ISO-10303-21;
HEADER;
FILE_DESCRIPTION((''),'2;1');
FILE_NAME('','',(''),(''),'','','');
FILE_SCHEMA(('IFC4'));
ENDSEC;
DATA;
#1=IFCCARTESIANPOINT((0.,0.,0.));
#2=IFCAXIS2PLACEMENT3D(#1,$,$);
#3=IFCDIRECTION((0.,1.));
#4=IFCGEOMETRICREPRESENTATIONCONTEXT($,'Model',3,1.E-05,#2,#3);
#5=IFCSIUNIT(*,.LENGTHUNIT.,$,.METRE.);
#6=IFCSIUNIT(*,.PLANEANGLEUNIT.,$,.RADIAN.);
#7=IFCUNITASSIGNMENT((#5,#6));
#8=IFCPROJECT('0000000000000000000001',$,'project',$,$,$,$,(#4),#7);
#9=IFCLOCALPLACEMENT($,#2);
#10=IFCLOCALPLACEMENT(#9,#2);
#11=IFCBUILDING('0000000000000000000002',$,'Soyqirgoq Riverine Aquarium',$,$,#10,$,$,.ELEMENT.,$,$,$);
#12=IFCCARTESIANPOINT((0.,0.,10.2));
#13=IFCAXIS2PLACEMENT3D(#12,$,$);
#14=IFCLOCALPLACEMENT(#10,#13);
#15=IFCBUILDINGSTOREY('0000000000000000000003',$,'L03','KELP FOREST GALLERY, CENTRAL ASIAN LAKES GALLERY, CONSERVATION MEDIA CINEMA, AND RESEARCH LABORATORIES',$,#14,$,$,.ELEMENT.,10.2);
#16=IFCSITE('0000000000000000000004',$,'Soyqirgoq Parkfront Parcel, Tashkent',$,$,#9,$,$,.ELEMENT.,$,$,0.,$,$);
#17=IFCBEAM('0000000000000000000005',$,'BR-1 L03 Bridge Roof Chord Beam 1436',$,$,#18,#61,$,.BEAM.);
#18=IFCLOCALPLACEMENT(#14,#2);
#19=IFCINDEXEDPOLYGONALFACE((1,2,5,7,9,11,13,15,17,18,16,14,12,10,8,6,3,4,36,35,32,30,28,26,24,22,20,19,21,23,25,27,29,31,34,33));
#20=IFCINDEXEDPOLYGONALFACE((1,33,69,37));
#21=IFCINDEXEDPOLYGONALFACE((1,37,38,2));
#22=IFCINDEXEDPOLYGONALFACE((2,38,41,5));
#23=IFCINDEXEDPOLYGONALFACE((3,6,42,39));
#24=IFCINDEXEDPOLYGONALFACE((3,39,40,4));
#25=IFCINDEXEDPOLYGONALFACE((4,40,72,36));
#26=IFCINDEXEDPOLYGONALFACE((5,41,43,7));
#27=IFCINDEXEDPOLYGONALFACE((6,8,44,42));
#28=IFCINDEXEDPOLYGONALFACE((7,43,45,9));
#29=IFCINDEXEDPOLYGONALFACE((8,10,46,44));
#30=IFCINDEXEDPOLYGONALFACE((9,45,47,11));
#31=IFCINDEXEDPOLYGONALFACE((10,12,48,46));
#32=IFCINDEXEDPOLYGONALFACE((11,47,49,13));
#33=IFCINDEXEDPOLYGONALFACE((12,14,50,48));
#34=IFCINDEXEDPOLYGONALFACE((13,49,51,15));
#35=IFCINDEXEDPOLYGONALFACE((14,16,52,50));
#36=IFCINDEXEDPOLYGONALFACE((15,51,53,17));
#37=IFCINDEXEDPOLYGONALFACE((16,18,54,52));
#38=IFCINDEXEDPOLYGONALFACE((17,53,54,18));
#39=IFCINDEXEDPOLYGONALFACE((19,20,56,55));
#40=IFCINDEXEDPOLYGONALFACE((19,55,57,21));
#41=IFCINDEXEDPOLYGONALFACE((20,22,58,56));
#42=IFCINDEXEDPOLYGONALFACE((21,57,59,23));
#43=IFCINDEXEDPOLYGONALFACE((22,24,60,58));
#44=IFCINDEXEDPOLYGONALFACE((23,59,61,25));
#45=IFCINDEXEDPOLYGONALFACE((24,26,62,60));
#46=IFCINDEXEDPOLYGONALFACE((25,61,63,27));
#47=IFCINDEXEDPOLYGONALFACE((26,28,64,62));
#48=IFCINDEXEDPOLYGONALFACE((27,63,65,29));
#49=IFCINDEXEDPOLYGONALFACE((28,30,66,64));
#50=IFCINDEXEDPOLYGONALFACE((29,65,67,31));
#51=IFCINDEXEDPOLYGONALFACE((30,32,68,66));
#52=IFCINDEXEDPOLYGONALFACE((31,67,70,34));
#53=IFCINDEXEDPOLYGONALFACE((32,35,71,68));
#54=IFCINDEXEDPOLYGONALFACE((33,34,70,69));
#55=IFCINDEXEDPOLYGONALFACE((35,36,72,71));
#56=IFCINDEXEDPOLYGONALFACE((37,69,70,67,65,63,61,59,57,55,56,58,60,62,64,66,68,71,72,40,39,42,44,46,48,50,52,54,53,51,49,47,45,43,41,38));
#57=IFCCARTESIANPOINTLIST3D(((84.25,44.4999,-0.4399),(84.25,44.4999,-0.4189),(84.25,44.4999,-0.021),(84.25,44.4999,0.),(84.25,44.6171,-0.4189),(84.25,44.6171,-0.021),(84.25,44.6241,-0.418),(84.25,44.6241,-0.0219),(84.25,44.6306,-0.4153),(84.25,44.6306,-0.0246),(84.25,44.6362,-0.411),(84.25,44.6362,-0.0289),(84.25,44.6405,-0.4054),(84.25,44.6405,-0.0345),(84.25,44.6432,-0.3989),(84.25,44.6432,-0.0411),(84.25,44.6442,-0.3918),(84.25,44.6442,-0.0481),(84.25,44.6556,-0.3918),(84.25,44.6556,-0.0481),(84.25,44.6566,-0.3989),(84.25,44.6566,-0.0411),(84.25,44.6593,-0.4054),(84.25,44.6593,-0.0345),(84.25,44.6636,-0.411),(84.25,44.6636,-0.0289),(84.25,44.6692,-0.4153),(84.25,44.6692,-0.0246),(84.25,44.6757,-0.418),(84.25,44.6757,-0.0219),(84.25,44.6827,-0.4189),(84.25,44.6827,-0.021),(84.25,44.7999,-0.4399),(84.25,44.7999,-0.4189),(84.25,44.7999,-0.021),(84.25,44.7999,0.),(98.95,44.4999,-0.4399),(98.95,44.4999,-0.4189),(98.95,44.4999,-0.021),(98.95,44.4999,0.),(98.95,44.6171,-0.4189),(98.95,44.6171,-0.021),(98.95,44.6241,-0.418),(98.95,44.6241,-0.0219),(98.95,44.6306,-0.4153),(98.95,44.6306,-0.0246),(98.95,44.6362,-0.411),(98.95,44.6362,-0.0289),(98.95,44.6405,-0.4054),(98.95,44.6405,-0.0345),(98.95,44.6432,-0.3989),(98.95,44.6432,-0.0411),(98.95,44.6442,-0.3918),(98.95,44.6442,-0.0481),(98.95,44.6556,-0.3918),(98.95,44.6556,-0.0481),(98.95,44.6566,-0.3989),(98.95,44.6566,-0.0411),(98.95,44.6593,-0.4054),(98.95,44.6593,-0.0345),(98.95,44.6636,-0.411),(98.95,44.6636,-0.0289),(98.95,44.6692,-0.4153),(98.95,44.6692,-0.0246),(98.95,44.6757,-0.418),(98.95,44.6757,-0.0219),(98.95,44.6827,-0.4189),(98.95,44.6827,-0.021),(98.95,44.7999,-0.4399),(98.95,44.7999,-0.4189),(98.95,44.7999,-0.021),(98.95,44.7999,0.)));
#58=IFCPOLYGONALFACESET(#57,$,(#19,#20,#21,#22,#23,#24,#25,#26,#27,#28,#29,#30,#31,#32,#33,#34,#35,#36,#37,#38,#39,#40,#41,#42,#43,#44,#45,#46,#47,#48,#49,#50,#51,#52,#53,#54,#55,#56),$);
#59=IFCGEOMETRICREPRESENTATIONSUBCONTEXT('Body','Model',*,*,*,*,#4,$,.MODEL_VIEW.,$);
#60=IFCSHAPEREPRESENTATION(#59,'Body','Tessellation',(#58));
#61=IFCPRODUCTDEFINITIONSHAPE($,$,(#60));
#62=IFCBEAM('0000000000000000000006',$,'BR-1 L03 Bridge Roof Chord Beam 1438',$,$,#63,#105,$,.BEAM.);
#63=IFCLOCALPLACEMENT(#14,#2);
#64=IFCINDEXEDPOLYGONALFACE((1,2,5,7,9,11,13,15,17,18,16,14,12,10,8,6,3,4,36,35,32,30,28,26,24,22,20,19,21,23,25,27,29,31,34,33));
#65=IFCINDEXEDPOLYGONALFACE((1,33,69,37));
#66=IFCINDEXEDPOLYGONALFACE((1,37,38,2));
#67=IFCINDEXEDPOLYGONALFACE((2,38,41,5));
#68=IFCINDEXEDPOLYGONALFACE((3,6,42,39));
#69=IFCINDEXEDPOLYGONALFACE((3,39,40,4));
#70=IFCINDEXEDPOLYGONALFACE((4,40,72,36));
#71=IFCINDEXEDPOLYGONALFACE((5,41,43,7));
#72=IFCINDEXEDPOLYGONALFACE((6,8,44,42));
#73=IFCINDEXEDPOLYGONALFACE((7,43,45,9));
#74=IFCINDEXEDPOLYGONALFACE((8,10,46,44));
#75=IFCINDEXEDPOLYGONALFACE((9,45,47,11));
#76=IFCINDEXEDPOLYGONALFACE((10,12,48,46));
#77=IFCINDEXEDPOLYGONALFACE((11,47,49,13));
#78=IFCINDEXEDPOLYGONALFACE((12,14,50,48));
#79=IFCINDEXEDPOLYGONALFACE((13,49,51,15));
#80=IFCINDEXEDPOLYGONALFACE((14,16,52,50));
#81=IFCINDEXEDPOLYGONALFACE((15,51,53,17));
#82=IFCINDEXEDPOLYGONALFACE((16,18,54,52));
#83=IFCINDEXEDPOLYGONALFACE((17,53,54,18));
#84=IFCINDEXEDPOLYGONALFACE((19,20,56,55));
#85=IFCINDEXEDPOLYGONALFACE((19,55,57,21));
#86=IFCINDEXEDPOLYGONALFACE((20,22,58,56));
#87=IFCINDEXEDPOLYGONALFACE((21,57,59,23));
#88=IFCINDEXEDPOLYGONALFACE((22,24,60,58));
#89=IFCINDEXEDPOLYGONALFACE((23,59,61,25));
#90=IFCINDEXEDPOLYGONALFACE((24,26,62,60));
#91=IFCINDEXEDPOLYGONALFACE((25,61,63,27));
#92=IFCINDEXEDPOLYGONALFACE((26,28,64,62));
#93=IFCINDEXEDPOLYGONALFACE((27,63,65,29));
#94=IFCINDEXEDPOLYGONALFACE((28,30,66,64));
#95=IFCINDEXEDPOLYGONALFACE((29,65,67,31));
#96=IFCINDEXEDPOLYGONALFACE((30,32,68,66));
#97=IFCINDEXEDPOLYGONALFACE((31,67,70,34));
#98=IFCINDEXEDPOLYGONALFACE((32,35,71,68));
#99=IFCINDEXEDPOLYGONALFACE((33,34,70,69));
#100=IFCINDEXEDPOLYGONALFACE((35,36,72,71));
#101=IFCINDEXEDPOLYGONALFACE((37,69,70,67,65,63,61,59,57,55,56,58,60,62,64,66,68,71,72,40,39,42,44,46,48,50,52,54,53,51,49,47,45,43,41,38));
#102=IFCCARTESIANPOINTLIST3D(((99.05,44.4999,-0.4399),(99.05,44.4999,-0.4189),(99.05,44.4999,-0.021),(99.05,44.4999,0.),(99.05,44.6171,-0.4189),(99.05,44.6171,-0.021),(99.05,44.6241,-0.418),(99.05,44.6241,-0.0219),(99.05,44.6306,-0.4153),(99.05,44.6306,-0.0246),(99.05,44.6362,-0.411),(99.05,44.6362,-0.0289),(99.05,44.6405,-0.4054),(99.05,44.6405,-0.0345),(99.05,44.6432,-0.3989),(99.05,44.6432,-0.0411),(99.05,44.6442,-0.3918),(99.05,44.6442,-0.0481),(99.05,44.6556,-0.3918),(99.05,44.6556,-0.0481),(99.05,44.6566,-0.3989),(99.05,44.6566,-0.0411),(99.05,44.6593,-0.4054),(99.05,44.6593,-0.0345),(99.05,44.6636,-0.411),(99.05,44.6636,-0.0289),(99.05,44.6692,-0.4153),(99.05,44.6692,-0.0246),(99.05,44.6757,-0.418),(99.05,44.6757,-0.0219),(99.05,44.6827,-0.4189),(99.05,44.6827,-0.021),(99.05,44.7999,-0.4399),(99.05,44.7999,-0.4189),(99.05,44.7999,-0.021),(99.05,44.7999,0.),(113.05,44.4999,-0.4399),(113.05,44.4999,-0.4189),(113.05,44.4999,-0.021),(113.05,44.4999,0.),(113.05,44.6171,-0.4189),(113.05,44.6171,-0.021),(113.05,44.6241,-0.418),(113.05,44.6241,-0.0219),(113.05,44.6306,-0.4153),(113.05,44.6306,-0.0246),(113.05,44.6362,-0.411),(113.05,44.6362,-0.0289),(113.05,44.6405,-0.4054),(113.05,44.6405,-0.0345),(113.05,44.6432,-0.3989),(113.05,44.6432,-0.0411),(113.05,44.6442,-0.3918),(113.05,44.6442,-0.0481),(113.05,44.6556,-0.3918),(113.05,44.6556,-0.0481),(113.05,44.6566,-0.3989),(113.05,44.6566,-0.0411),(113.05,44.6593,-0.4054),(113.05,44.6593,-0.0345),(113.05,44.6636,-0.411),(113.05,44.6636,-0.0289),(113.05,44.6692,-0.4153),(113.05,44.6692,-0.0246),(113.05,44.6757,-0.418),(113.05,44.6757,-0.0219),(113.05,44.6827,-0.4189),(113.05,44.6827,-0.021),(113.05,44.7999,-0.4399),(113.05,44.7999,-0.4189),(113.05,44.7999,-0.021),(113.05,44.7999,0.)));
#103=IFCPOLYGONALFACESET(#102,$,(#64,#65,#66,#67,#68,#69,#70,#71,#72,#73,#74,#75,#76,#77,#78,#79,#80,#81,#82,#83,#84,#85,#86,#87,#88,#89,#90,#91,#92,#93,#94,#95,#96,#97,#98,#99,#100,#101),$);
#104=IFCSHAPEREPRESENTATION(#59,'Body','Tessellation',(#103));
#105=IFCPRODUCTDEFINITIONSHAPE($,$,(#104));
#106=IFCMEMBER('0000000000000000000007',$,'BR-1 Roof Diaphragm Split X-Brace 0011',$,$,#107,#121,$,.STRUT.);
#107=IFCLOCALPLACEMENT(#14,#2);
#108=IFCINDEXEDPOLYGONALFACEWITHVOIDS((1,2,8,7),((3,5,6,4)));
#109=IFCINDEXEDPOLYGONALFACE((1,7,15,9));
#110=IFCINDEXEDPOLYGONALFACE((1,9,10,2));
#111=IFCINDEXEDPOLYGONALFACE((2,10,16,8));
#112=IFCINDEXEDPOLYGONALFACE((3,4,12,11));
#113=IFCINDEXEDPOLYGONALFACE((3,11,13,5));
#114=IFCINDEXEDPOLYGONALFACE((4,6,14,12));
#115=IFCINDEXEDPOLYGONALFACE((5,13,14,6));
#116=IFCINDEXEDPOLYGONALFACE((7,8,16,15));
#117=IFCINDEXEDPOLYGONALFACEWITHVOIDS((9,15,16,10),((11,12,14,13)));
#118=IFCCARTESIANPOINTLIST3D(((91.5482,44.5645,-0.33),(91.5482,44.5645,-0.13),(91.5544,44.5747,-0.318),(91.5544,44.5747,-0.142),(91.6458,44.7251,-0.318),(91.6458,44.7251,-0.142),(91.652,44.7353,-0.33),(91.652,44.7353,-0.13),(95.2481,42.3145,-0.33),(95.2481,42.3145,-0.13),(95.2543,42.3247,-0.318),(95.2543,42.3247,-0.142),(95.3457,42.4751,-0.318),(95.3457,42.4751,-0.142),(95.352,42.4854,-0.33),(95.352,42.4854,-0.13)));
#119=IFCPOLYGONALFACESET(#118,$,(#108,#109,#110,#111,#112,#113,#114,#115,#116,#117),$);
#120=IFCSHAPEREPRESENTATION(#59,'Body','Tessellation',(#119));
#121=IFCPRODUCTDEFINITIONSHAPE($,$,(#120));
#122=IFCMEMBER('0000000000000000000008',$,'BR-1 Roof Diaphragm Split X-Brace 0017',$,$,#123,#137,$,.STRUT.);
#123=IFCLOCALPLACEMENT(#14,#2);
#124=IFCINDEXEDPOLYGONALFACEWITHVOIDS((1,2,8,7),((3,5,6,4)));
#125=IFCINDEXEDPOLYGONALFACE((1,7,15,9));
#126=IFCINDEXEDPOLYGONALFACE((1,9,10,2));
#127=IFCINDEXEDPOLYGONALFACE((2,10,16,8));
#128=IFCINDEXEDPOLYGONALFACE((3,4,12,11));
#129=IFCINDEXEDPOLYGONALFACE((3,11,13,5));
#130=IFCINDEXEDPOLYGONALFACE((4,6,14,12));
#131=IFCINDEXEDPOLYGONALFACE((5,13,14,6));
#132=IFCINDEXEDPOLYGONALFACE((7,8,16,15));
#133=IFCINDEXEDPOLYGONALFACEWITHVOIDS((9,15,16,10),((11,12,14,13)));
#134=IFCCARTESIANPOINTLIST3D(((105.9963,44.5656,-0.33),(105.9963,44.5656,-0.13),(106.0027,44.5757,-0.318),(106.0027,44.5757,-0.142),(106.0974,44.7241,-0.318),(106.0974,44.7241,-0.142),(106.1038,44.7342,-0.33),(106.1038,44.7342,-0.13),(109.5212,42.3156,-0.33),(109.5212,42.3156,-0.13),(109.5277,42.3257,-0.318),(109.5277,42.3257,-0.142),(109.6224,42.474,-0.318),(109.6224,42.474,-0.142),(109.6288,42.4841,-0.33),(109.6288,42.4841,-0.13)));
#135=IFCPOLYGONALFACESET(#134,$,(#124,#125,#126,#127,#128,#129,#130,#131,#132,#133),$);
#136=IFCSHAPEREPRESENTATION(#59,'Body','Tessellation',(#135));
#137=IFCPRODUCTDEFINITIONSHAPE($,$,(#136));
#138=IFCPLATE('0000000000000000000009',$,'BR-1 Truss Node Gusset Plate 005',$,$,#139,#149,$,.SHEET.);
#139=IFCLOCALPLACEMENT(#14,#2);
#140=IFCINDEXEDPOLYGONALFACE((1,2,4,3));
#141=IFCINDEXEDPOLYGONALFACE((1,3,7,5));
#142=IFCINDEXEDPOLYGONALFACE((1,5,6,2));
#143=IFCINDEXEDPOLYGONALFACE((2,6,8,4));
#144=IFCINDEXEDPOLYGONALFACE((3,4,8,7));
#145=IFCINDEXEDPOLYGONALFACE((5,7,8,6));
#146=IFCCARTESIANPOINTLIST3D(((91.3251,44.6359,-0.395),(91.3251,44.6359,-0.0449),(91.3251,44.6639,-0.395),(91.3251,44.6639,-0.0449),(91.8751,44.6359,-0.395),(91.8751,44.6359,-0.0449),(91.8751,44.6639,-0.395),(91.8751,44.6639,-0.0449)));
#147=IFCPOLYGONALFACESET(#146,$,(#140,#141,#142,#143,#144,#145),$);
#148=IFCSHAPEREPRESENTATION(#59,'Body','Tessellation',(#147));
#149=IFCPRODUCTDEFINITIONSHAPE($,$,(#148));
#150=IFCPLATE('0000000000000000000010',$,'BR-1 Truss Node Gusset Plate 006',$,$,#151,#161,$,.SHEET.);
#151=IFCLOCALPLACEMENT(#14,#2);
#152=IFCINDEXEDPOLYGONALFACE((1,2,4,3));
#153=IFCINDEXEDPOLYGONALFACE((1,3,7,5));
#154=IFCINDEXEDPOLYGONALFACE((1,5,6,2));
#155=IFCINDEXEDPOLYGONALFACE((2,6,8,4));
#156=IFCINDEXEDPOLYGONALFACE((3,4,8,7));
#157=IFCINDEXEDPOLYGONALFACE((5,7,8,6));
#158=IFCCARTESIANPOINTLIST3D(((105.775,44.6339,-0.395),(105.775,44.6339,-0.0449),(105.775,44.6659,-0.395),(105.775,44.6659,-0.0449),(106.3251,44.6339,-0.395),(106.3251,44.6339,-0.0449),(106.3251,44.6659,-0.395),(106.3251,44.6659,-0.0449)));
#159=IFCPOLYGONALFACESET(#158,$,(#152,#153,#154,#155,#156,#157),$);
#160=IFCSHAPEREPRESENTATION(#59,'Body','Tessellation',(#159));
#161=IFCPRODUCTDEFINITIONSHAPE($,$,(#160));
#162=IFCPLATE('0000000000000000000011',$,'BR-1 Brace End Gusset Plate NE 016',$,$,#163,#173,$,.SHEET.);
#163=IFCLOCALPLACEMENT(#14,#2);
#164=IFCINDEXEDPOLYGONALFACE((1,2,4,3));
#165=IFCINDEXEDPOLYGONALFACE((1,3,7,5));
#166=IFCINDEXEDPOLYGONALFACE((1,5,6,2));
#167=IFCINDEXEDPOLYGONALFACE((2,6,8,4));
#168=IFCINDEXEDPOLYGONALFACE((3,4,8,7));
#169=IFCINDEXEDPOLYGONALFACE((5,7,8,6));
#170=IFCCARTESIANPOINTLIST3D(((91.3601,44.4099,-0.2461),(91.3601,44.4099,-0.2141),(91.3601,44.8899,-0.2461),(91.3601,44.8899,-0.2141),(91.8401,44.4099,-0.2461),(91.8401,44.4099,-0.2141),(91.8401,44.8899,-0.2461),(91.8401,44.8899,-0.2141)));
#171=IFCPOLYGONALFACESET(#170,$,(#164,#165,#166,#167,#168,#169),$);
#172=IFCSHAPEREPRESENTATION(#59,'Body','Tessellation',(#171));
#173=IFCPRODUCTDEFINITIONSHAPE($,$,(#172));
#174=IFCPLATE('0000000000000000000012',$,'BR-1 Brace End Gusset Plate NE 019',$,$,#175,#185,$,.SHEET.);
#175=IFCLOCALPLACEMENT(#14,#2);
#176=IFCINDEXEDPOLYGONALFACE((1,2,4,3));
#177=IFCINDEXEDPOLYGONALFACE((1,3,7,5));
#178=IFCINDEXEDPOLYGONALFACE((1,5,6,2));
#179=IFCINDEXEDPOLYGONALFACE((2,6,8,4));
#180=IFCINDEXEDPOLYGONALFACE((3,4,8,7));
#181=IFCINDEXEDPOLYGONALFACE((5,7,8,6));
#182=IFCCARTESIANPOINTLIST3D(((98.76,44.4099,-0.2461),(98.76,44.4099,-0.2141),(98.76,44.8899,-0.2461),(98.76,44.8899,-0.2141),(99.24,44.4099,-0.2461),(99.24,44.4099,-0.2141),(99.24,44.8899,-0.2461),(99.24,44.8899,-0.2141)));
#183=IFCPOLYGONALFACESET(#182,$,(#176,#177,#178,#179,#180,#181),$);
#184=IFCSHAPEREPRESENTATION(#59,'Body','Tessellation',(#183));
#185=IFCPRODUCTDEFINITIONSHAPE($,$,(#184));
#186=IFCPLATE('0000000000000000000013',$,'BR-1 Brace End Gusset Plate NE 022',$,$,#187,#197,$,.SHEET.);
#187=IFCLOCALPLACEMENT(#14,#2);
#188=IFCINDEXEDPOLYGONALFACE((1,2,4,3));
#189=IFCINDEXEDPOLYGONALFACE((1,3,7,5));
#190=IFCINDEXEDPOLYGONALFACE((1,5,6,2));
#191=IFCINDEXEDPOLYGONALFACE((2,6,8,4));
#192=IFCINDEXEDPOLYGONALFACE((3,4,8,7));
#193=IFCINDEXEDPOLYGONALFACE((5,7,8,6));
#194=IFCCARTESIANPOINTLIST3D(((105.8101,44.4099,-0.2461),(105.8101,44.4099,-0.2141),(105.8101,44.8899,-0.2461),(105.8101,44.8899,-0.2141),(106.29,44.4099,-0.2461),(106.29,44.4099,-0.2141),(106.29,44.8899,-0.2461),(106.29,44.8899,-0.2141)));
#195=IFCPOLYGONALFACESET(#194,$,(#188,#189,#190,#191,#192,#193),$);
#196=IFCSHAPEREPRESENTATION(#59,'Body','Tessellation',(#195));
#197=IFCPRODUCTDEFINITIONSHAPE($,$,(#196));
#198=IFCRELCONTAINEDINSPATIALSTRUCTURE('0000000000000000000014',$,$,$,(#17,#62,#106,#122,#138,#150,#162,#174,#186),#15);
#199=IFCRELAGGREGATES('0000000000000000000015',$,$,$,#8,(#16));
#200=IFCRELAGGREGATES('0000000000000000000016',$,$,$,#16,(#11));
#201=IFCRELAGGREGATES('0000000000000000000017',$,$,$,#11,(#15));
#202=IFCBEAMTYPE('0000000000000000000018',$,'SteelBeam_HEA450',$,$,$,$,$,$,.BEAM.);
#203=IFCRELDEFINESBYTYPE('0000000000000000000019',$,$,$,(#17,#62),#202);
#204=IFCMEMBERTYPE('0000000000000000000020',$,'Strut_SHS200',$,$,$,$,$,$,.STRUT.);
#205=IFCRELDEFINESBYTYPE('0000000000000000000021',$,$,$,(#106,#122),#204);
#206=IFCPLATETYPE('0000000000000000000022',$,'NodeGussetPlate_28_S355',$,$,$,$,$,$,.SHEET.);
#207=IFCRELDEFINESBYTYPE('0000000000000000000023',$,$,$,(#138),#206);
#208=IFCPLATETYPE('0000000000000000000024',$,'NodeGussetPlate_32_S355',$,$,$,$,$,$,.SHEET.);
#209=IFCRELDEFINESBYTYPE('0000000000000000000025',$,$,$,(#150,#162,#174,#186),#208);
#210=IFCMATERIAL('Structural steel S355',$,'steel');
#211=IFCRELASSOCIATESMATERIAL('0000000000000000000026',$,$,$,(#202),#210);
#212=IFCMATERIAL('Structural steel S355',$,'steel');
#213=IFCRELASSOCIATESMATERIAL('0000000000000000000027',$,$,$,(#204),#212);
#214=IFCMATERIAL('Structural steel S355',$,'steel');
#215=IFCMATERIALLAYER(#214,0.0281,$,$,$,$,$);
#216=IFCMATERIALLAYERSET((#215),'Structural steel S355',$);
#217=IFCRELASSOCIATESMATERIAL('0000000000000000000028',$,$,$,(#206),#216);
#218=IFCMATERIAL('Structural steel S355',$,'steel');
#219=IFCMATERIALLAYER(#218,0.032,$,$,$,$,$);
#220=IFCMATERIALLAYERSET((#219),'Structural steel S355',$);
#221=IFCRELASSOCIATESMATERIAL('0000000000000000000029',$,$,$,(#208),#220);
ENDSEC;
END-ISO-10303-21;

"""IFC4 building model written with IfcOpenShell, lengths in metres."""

from ifc_helpers import new_model, si_unit, direction, frame, origin, origin_2d, place, context, subcontext, project, spatial, rectangle, hollow_rectangle, i_section, extrude, material, layer, layer_set, material_profile, profile_set, type_object, element, save


model = new_model("IFC4")

# Units and contexts
model_context = context("Model", 3, precision=1e-05, world=origin(), true_north=direction((0.0, 1.0)))
body_context = subcontext(model_context, "Body", "Model", "MODEL_VIEW")
ifc_project = project(units=[si_unit("LENGTHUNIT", "METRE"), si_unit("PLANEANGLEUNIT", "RADIAN")], contexts=[model_context])

# Site, building, storey
site_placement = place(None, origin())
site = spatial("IfcSite", under=ifc_project, at=site_placement, Name="Soyqirgoq Parkfront Parcel, Tashkent", CompositionType="ELEMENT", RefElevation=0.0)
building_placement = place(site_placement, origin())
building = spatial("IfcBuilding", under=site, at=building_placement, Name="Soyqirgoq Riverine Aquarium", CompositionType="ELEMENT")
storey_placement = place(building_placement, frame((0.0, 0.0, 10.2)))
storey = spatial("IfcBuildingStorey", under=building, at=storey_placement, Name="L03", Description="KELP FOREST GALLERY, CENTRAL ASIAN LAKES GALLERY, CONSERVATION MEDIA CINEMA, AND RESEARCH LABORATORIES", CompositionType="ELEMENT", Elevation=10.2)

# Beams
ifc_material_1 = material(Name="Structural steel S355", Category="steel")
ifc_material_profile_1 = material_profile(ifc_material_1, i_section(OverallWidth=0.3, OverallDepth=0.4399, WebThickness=0.0115, FlangeThickness=0.021, FilletRadius=0.0271, at=origin_2d()), Name="HEA 450")
ifc_profile_set_1 = profile_set([ifc_material_profile_1], Name="Structural steel S355")
beam_type_1 = type_object("IfcBeamType", Name="SteelBeam_HEA450", PredefinedType="BEAM", material=ifc_profile_set_1)
beam_1_placement = place(storey_placement, frame((84.25, 44.6499, -0.22), z_axis=(1.0, 0.0, 0.0), x_axis=(0.0, 1.0, 0.0)))
element("IfcBeam", 1, at=beam_1_placement, inside=storey, type_object=beam_type_1, Name="BR-1 L03 Bridge Roof Chord Beam 1436", PredefinedType="BEAM", context=body_context, shape_type="SweptSolid", body=[
    extrude(i_section(OverallWidth=0.3, OverallDepth=0.4399, WebThickness=0.0115, FlangeThickness=0.021, FilletRadius=0.0271, at=origin_2d()), origin(), (0.0, 0.0, 1.0), 14.7),
])
beam_2_placement = place(storey_placement, frame((99.05, 44.6499, -0.22), z_axis=(1.0, 0.0, 0.0), x_axis=(0.0, 1.0, 0.0)))
element("IfcBeam", 2, at=beam_2_placement, inside=storey, type_object=beam_type_1, Name="BR-1 L03 Bridge Roof Chord Beam 1438", PredefinedType="BEAM", context=body_context, shape_type="SweptSolid", body=[
    extrude(i_section(OverallWidth=0.3, OverallDepth=0.4399, WebThickness=0.0115, FlangeThickness=0.021, FilletRadius=0.0271, at=origin_2d()), origin(), (0.0, 0.0, 1.0), 14.0),
])

# Members
ifc_material_2 = material(Name="Structural steel S355", Category="steel")
ifc_material_profile_2 = material_profile(ifc_material_2, hollow_rectangle(XDim=0.2, YDim=0.2, WallThickness=0.012, at=origin_2d()), Name="SHS 200x200x12")
ifc_profile_set_2 = profile_set([ifc_material_profile_2], Name="Structural steel S355")
member_type_1 = type_object("IfcMemberType", Name="Strut_SHS200", PredefinedType="STRUT", material=ifc_profile_set_2)
member_1_placement = place(storey_placement, frame((91.6001, 44.6499, -0.23), z_axis=(0.854418, -0.519586, 0.0), x_axis=(0.519586, 0.854418, 0.0)))
element("IfcMember", 3, at=member_1_placement, inside=storey, type_object=member_type_1, Name="BR-1 Roof Diaphragm Split X-Brace 0011", PredefinedType="STRUT", context=body_context, shape_type="SweptSolid", body=[
    extrude(hollow_rectangle(XDim=0.2, YDim=0.2, WallThickness=0.012, at=origin_2d()), origin(), (0.0, 0.0, 1.0), 4.3303),
])
member_2_placement = place(storey_placement, frame((106.05, 44.6499, -0.23), z_axis=(0.842915, -0.538046, 0.0), x_axis=(0.538046, 0.842915, 0.0)))
element("IfcMember", 4, at=member_2_placement, inside=storey, type_object=member_type_1, Name="BR-1 Roof Diaphragm Split X-Brace 0017", PredefinedType="STRUT", context=body_context, shape_type="SweptSolid", body=[
    extrude(hollow_rectangle(XDim=0.2, YDim=0.2, WallThickness=0.012, at=origin_2d()), origin(), (0.0, 0.0, 1.0), 4.1819),
])

# Plates
ifc_material_3 = material(Name="Structural steel S355", Category="steel")
ifc_layer_1 = layer(ifc_material_3, 0.0281)
ifc_layer_set_1 = layer_set([ifc_layer_1], Name="Structural steel S355")
plate_type_1 = type_object("IfcPlateType", Name="NodeGussetPlate_28_S355", PredefinedType="SHEET", material=ifc_layer_set_1)
plate_1_placement = place(storey_placement, frame((91.6001, 44.6499, -0.395), z_axis=(0.0, 0.0, 1.0), x_axis=(1.0, 0.0, 0.0)))
element("IfcPlate", 5, at=plate_1_placement, inside=storey, type_object=plate_type_1, Name="BR-1 Truss Node Gusset Plate 005", PredefinedType="SHEET", context=body_context, shape_type="SweptSolid", body=[
    extrude(rectangle(XDim=0.55, YDim=0.0281, at=origin_2d()), origin(), (0.0, 0.0, 1.0), 0.3501),
])
ifc_material_4 = material(Name="Structural steel S355", Category="steel")
ifc_layer_2 = layer(ifc_material_4, 0.032)
ifc_layer_set_2 = layer_set([ifc_layer_2], Name="Structural steel S355")
plate_type_2 = type_object("IfcPlateType", Name="NodeGussetPlate_32_S355", PredefinedType="SHEET", material=ifc_layer_set_2)
plate_2_placement = place(storey_placement, frame((106.05, 44.6499, -0.395), z_axis=(0.0, 0.0, 1.0), x_axis=(1.0, 0.0, 0.0)))
element("IfcPlate", 6, at=plate_2_placement, inside=storey, type_object=plate_type_2, Name="BR-1 Truss Node Gusset Plate 006", PredefinedType="SHEET", context=body_context, shape_type="SweptSolid", body=[
    extrude(rectangle(XDim=0.55, YDim=0.032, at=origin_2d()), origin(), (0.0, 0.0, 1.0), 0.3501),
])
for number, where, z_axis, x_axis, name in (
    (7, (91.6001, 44.6499, -0.2461), (0.0, 0.0, 1.0), (1.0, 0.0, 0.0), "BR-1 Brace End Gusset Plate NE 016"),
    (8, (99.0, 44.6499, -0.2461), (0.0, 0.0, 1.0), (1.0, 0.0, 0.0), "BR-1 Brace End Gusset Plate NE 019"),
    (9, (106.05, 44.6499, -0.2461), (0.0, 0.0, 1.0), (1.0, 0.0, 0.0), "BR-1 Brace End Gusset Plate NE 022"),
):
    element("IfcPlate", number, at=place(storey_placement, frame(where, z_axis=z_axis, x_axis=x_axis)), inside=storey, type_object=plate_type_2, Name=name, PredefinedType="SHEET", context=body_context, shape_type="SweptSolid", body=[
        extrude(rectangle(XDim=0.48, YDim=0.48, at=origin_2d()), origin(), (0.0, 0.0, 1.0), 0.032),
    ])

save(model, "model.ifc")
